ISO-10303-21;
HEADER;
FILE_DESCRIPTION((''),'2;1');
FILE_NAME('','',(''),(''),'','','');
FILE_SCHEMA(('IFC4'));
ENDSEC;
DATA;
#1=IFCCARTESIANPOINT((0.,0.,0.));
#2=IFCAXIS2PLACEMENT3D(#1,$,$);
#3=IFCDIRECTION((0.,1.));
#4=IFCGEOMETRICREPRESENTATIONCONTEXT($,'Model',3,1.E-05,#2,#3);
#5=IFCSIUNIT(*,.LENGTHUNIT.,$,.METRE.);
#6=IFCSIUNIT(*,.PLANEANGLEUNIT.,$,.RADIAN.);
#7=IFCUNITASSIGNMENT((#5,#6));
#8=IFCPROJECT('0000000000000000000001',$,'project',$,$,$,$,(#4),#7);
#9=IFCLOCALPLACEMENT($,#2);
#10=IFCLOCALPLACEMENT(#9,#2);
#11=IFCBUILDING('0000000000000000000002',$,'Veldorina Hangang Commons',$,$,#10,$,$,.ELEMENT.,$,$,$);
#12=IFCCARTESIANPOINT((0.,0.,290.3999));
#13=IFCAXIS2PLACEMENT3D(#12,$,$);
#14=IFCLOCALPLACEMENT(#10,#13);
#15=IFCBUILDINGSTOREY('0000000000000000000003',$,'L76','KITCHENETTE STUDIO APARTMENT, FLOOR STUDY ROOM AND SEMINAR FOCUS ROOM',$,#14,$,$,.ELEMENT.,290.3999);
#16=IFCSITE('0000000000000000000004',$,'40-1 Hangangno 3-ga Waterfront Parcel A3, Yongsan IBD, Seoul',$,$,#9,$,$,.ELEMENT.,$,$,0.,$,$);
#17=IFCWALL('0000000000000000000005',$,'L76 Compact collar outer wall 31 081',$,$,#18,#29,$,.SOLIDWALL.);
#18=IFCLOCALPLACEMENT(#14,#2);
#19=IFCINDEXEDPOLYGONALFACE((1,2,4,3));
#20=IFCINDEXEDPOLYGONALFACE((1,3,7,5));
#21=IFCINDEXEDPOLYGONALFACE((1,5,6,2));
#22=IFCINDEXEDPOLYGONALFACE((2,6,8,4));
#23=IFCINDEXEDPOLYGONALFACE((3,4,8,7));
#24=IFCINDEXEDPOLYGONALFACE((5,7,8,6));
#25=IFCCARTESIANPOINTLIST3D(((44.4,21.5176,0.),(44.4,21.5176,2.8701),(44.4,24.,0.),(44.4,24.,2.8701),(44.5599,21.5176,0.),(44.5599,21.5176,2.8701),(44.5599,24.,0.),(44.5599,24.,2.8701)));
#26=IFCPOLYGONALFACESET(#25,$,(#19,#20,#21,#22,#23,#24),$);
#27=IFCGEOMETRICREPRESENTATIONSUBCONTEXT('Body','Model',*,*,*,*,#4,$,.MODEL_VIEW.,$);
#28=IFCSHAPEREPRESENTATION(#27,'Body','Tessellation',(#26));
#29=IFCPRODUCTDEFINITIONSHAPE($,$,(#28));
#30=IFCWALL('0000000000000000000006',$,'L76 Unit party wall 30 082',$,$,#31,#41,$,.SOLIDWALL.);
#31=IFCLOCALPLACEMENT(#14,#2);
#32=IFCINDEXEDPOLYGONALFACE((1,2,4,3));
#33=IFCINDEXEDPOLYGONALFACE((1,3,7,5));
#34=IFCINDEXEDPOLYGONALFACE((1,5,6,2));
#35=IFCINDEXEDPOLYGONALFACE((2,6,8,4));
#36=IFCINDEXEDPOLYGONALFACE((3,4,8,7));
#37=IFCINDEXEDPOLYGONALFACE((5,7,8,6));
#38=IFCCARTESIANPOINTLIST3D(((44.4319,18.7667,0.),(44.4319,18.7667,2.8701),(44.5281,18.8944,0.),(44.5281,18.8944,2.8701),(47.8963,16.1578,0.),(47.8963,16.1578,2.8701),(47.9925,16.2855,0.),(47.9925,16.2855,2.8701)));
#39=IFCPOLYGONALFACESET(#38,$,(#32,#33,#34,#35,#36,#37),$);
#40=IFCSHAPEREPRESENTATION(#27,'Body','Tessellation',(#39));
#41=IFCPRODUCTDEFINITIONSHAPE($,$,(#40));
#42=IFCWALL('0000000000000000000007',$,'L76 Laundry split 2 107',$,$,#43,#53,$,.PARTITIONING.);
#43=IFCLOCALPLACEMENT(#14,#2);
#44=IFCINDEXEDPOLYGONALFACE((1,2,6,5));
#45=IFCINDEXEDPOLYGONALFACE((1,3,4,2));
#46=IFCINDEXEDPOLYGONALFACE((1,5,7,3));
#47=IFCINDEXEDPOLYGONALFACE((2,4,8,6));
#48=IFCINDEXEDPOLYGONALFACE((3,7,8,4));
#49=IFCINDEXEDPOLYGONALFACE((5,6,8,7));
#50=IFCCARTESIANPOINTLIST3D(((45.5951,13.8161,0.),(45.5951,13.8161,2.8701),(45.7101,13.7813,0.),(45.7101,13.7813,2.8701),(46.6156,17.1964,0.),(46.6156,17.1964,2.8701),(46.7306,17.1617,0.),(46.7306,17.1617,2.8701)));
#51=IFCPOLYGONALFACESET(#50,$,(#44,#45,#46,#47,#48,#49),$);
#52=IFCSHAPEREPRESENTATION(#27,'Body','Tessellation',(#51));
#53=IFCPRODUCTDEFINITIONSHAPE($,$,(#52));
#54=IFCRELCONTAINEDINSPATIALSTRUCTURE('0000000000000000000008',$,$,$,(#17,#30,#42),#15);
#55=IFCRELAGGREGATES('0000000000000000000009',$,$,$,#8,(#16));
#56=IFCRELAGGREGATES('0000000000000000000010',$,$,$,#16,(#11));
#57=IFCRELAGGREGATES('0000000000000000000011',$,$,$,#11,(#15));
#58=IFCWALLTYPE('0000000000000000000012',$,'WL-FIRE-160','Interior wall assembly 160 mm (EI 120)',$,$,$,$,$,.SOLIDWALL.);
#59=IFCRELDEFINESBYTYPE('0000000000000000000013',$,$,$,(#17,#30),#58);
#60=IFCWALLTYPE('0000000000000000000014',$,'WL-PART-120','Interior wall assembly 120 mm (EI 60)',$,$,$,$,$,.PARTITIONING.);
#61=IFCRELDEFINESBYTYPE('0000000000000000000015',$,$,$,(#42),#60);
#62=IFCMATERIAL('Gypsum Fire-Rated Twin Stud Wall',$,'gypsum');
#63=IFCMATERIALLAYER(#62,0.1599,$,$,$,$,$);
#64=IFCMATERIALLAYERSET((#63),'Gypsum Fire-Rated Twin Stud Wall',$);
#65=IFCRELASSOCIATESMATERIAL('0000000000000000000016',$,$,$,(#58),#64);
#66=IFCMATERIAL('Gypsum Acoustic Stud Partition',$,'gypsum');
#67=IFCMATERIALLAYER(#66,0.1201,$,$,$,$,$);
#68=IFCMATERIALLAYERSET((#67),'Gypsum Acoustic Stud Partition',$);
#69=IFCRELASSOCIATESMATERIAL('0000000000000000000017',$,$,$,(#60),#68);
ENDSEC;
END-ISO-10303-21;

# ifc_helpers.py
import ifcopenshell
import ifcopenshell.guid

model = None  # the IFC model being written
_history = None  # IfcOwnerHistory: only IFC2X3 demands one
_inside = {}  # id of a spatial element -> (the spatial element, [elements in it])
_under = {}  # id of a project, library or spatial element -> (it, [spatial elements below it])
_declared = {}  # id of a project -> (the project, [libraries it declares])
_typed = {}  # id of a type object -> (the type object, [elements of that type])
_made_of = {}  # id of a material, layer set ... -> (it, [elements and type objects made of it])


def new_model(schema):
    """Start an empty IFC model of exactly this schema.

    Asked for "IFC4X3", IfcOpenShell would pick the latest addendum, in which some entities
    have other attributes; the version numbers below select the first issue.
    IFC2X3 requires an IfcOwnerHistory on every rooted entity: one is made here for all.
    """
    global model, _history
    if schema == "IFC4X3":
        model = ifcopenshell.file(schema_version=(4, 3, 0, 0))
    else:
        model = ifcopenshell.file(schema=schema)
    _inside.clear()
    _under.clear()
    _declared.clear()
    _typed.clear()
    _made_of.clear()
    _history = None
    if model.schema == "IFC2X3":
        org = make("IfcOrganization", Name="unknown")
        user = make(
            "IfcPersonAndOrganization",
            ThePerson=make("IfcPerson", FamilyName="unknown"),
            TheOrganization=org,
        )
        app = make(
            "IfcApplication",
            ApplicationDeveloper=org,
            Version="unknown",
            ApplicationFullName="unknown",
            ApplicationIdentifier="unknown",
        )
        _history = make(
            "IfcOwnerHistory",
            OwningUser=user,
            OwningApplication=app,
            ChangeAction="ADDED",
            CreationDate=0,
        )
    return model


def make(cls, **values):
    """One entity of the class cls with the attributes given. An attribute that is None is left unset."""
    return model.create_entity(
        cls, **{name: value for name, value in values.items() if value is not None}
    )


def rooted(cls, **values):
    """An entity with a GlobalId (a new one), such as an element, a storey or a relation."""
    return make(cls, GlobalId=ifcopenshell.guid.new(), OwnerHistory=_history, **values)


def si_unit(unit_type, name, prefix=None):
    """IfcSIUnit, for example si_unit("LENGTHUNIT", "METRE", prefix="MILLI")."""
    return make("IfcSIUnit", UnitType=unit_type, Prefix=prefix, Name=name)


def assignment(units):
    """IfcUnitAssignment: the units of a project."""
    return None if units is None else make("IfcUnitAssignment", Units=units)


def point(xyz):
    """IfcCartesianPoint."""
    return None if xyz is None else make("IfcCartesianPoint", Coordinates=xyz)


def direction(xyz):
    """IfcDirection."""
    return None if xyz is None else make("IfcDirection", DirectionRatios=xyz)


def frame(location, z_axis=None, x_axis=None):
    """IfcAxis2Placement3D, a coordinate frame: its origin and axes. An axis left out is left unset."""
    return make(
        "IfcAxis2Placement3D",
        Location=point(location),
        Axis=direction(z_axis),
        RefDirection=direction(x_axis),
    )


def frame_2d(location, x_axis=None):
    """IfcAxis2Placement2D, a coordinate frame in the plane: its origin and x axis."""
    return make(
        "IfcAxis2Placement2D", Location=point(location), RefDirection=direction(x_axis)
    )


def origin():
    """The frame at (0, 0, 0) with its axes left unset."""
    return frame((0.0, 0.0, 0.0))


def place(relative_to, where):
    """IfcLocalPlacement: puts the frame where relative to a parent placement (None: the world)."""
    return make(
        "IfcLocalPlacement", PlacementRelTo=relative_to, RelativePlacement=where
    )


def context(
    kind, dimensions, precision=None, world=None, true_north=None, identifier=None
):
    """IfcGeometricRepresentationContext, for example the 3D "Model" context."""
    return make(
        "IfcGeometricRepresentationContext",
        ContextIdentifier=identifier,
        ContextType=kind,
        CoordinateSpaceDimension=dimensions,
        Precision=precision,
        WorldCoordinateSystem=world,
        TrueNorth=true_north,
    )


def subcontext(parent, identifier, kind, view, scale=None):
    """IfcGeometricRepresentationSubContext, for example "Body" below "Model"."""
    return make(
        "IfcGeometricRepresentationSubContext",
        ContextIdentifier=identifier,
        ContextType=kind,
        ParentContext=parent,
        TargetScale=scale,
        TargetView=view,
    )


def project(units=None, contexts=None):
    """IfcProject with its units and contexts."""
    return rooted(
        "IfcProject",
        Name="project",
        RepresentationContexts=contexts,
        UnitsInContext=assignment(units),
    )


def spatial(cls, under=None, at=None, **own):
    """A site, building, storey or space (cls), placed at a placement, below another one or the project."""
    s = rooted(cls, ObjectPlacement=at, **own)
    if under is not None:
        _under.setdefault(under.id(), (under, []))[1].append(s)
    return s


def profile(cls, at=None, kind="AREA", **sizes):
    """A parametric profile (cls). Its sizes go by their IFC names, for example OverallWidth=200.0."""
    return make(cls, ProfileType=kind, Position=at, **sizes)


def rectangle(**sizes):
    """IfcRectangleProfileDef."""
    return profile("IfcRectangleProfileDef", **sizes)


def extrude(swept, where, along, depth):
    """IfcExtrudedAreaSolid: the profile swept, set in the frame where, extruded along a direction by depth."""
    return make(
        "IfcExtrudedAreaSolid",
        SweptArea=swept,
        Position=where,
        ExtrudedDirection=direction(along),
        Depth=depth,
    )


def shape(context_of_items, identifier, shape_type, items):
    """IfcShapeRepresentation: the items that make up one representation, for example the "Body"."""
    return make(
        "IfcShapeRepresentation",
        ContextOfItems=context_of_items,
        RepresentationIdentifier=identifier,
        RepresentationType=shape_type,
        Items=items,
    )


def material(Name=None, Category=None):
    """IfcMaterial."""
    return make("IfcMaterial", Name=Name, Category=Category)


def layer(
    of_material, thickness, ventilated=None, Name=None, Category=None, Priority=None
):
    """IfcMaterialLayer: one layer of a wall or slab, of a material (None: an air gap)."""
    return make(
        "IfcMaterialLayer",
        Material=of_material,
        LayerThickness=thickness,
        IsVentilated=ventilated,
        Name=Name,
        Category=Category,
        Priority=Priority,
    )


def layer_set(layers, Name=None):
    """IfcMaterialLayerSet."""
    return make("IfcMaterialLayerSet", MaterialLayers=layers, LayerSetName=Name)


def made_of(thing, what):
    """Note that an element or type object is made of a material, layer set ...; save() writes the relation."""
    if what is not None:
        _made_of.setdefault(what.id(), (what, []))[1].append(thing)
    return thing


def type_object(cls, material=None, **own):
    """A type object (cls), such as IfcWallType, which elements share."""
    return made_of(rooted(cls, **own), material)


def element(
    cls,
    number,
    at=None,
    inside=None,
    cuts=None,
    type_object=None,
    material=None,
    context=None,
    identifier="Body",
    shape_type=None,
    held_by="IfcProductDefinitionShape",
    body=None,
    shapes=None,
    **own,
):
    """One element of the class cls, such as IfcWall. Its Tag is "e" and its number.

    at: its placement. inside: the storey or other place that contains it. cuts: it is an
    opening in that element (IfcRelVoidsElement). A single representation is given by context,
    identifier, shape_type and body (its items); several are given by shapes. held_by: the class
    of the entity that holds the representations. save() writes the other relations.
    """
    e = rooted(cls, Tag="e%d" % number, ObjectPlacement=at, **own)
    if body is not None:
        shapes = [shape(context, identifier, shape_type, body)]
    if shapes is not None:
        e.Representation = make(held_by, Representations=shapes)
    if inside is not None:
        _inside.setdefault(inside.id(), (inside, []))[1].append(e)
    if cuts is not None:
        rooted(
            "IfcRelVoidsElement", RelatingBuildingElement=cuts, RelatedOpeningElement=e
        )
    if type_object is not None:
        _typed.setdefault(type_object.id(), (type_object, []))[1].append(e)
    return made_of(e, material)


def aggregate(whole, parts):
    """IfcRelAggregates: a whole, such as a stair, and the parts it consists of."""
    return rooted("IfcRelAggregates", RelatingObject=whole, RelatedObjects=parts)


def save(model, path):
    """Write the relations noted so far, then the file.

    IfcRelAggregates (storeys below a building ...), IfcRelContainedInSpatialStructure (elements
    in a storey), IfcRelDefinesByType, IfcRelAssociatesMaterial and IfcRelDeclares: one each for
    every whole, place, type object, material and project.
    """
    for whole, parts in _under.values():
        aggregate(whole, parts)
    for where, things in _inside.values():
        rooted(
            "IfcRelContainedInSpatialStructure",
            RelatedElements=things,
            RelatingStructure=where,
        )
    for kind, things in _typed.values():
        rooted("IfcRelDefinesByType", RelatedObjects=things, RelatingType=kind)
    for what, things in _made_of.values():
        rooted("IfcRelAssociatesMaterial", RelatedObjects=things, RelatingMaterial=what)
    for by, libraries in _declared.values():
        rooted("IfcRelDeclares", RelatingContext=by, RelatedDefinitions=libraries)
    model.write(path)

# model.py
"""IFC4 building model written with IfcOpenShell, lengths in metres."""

from ifc_helpers import new_model, si_unit, direction, frame, frame_2d, origin, place, context, subcontext, project, spatial, rectangle, extrude, material, layer, layer_set, type_object, element, save


model = new_model("IFC4")

# Units and contexts
model_context = context("Model", 3, precision=1e-05, world=origin(), true_north=direction((0.0, 1.0)))
body_context = subcontext(model_context, "Body", "Model", "MODEL_VIEW")
ifc_project = project(units=[si_unit("LENGTHUNIT", "METRE"), si_unit("PLANEANGLEUNIT", "RADIAN")], contexts=[model_context])

# Site, building, storey
site_placement = place(None, origin())
site = spatial("IfcSite", under=ifc_project, at=site_placement, Name="40-1 Hangangno 3-ga Waterfront Parcel A3, Yongsan IBD, Seoul", CompositionType="ELEMENT", RefElevation=0.0)
building_placement = place(site_placement, origin())
building = spatial("IfcBuilding", under=site, at=building_placement, Name="Veldorina Hangang Commons", CompositionType="ELEMENT")
storey_placement = place(building_placement, frame((0.0, 0.0, 290.3999)))
storey = spatial("IfcBuildingStorey", under=building, at=storey_placement, Name="L76", Description="KITCHENETTE STUDIO APARTMENT, FLOOR STUDY ROOM AND SEMINAR FOCUS ROOM", CompositionType="ELEMENT", Elevation=290.3999)

# Shared definitions
ifc_material_1 = material(Name="Gypsum Fire-Rated Twin Stud Wall", Category="gypsum")
ifc_layer_1 = layer(ifc_material_1, 0.1599)
ifc_layer_set_1 = layer_set([ifc_layer_1], Name="Gypsum Fire-Rated Twin Stud Wall")
wall_type_1 = type_object("IfcWallType", Name="WL-FIRE-160", Description="Interior wall assembly 160 mm (EI 120)", PredefinedType="SOLIDWALL", material=ifc_layer_set_1)

# Walls
wall_1_placement = place(storey_placement, frame((44.48, 21.5176, 0.0), z_axis=(0.0, 0.0, 1.0), x_axis=(0.0, 1.0, 0.0)))
element("IfcWall", 1, at=wall_1_placement, inside=storey, type_object=wall_type_1, Name="L76 Compact collar outer wall 31 081", PredefinedType="SOLIDWALL", context=body_context, shape_type="SweptSolid", body=[
    extrude(rectangle(XDim=2.4824, YDim=0.1599, at=frame_2d((1.2412, 0.0))), origin(), (0.0, 0.0, 1.0), 2.8701),
])
wall_2_placement = place(storey_placement, frame((44.48, 18.8306, 0.0), z_axis=(0.0, 0.0, 1.0), x_axis=(0.798823, -0.601566, 0.0)))
element("IfcWall", 2, at=wall_2_placement, inside=storey, type_object=wall_type_1, Name="L76 Unit party wall 30 082", PredefinedType="SOLIDWALL", context=body_context, shape_type="SweptSolid", body=[
    extrude(rectangle(XDim=4.3369, YDim=0.1599, at=frame_2d((2.1685, 0.0))), origin(), (0.0, 0.0, 1.0), 2.8701),
])
ifc_material_2 = material(Name="Gypsum Acoustic Stud Partition", Category="gypsum")
ifc_layer_2 = layer(ifc_material_2, 0.1201)
ifc_layer_set_2 = layer_set([ifc_layer_2], Name="Gypsum Acoustic Stud Partition")
wall_type_2 = type_object("IfcWallType", Name="WL-PART-120", Description="Interior wall assembly 120 mm (EI 60)", PredefinedType="PARTITIONING", material=ifc_layer_set_2)
wall_3_placement = place(storey_placement, frame((45.6526, 13.7986, 0.0), z_axis=(0.0, 0.0, 1.0), x_axis=(0.289009, 0.957326, 0.0)))
element("IfcWall", 3, at=wall_3_placement, inside=storey, type_object=wall_type_2, Name="L76 Laundry split 2 107", PredefinedType="PARTITIONING", context=body_context, shape_type="SweptSolid", body=[
    extrude(rectangle(XDim=3.531, YDim=0.1201, at=frame_2d((1.7656, 0.0))), origin(), (0.0, 0.0, 1.0), 2.8701),
])

save(model, "model.ifc")
